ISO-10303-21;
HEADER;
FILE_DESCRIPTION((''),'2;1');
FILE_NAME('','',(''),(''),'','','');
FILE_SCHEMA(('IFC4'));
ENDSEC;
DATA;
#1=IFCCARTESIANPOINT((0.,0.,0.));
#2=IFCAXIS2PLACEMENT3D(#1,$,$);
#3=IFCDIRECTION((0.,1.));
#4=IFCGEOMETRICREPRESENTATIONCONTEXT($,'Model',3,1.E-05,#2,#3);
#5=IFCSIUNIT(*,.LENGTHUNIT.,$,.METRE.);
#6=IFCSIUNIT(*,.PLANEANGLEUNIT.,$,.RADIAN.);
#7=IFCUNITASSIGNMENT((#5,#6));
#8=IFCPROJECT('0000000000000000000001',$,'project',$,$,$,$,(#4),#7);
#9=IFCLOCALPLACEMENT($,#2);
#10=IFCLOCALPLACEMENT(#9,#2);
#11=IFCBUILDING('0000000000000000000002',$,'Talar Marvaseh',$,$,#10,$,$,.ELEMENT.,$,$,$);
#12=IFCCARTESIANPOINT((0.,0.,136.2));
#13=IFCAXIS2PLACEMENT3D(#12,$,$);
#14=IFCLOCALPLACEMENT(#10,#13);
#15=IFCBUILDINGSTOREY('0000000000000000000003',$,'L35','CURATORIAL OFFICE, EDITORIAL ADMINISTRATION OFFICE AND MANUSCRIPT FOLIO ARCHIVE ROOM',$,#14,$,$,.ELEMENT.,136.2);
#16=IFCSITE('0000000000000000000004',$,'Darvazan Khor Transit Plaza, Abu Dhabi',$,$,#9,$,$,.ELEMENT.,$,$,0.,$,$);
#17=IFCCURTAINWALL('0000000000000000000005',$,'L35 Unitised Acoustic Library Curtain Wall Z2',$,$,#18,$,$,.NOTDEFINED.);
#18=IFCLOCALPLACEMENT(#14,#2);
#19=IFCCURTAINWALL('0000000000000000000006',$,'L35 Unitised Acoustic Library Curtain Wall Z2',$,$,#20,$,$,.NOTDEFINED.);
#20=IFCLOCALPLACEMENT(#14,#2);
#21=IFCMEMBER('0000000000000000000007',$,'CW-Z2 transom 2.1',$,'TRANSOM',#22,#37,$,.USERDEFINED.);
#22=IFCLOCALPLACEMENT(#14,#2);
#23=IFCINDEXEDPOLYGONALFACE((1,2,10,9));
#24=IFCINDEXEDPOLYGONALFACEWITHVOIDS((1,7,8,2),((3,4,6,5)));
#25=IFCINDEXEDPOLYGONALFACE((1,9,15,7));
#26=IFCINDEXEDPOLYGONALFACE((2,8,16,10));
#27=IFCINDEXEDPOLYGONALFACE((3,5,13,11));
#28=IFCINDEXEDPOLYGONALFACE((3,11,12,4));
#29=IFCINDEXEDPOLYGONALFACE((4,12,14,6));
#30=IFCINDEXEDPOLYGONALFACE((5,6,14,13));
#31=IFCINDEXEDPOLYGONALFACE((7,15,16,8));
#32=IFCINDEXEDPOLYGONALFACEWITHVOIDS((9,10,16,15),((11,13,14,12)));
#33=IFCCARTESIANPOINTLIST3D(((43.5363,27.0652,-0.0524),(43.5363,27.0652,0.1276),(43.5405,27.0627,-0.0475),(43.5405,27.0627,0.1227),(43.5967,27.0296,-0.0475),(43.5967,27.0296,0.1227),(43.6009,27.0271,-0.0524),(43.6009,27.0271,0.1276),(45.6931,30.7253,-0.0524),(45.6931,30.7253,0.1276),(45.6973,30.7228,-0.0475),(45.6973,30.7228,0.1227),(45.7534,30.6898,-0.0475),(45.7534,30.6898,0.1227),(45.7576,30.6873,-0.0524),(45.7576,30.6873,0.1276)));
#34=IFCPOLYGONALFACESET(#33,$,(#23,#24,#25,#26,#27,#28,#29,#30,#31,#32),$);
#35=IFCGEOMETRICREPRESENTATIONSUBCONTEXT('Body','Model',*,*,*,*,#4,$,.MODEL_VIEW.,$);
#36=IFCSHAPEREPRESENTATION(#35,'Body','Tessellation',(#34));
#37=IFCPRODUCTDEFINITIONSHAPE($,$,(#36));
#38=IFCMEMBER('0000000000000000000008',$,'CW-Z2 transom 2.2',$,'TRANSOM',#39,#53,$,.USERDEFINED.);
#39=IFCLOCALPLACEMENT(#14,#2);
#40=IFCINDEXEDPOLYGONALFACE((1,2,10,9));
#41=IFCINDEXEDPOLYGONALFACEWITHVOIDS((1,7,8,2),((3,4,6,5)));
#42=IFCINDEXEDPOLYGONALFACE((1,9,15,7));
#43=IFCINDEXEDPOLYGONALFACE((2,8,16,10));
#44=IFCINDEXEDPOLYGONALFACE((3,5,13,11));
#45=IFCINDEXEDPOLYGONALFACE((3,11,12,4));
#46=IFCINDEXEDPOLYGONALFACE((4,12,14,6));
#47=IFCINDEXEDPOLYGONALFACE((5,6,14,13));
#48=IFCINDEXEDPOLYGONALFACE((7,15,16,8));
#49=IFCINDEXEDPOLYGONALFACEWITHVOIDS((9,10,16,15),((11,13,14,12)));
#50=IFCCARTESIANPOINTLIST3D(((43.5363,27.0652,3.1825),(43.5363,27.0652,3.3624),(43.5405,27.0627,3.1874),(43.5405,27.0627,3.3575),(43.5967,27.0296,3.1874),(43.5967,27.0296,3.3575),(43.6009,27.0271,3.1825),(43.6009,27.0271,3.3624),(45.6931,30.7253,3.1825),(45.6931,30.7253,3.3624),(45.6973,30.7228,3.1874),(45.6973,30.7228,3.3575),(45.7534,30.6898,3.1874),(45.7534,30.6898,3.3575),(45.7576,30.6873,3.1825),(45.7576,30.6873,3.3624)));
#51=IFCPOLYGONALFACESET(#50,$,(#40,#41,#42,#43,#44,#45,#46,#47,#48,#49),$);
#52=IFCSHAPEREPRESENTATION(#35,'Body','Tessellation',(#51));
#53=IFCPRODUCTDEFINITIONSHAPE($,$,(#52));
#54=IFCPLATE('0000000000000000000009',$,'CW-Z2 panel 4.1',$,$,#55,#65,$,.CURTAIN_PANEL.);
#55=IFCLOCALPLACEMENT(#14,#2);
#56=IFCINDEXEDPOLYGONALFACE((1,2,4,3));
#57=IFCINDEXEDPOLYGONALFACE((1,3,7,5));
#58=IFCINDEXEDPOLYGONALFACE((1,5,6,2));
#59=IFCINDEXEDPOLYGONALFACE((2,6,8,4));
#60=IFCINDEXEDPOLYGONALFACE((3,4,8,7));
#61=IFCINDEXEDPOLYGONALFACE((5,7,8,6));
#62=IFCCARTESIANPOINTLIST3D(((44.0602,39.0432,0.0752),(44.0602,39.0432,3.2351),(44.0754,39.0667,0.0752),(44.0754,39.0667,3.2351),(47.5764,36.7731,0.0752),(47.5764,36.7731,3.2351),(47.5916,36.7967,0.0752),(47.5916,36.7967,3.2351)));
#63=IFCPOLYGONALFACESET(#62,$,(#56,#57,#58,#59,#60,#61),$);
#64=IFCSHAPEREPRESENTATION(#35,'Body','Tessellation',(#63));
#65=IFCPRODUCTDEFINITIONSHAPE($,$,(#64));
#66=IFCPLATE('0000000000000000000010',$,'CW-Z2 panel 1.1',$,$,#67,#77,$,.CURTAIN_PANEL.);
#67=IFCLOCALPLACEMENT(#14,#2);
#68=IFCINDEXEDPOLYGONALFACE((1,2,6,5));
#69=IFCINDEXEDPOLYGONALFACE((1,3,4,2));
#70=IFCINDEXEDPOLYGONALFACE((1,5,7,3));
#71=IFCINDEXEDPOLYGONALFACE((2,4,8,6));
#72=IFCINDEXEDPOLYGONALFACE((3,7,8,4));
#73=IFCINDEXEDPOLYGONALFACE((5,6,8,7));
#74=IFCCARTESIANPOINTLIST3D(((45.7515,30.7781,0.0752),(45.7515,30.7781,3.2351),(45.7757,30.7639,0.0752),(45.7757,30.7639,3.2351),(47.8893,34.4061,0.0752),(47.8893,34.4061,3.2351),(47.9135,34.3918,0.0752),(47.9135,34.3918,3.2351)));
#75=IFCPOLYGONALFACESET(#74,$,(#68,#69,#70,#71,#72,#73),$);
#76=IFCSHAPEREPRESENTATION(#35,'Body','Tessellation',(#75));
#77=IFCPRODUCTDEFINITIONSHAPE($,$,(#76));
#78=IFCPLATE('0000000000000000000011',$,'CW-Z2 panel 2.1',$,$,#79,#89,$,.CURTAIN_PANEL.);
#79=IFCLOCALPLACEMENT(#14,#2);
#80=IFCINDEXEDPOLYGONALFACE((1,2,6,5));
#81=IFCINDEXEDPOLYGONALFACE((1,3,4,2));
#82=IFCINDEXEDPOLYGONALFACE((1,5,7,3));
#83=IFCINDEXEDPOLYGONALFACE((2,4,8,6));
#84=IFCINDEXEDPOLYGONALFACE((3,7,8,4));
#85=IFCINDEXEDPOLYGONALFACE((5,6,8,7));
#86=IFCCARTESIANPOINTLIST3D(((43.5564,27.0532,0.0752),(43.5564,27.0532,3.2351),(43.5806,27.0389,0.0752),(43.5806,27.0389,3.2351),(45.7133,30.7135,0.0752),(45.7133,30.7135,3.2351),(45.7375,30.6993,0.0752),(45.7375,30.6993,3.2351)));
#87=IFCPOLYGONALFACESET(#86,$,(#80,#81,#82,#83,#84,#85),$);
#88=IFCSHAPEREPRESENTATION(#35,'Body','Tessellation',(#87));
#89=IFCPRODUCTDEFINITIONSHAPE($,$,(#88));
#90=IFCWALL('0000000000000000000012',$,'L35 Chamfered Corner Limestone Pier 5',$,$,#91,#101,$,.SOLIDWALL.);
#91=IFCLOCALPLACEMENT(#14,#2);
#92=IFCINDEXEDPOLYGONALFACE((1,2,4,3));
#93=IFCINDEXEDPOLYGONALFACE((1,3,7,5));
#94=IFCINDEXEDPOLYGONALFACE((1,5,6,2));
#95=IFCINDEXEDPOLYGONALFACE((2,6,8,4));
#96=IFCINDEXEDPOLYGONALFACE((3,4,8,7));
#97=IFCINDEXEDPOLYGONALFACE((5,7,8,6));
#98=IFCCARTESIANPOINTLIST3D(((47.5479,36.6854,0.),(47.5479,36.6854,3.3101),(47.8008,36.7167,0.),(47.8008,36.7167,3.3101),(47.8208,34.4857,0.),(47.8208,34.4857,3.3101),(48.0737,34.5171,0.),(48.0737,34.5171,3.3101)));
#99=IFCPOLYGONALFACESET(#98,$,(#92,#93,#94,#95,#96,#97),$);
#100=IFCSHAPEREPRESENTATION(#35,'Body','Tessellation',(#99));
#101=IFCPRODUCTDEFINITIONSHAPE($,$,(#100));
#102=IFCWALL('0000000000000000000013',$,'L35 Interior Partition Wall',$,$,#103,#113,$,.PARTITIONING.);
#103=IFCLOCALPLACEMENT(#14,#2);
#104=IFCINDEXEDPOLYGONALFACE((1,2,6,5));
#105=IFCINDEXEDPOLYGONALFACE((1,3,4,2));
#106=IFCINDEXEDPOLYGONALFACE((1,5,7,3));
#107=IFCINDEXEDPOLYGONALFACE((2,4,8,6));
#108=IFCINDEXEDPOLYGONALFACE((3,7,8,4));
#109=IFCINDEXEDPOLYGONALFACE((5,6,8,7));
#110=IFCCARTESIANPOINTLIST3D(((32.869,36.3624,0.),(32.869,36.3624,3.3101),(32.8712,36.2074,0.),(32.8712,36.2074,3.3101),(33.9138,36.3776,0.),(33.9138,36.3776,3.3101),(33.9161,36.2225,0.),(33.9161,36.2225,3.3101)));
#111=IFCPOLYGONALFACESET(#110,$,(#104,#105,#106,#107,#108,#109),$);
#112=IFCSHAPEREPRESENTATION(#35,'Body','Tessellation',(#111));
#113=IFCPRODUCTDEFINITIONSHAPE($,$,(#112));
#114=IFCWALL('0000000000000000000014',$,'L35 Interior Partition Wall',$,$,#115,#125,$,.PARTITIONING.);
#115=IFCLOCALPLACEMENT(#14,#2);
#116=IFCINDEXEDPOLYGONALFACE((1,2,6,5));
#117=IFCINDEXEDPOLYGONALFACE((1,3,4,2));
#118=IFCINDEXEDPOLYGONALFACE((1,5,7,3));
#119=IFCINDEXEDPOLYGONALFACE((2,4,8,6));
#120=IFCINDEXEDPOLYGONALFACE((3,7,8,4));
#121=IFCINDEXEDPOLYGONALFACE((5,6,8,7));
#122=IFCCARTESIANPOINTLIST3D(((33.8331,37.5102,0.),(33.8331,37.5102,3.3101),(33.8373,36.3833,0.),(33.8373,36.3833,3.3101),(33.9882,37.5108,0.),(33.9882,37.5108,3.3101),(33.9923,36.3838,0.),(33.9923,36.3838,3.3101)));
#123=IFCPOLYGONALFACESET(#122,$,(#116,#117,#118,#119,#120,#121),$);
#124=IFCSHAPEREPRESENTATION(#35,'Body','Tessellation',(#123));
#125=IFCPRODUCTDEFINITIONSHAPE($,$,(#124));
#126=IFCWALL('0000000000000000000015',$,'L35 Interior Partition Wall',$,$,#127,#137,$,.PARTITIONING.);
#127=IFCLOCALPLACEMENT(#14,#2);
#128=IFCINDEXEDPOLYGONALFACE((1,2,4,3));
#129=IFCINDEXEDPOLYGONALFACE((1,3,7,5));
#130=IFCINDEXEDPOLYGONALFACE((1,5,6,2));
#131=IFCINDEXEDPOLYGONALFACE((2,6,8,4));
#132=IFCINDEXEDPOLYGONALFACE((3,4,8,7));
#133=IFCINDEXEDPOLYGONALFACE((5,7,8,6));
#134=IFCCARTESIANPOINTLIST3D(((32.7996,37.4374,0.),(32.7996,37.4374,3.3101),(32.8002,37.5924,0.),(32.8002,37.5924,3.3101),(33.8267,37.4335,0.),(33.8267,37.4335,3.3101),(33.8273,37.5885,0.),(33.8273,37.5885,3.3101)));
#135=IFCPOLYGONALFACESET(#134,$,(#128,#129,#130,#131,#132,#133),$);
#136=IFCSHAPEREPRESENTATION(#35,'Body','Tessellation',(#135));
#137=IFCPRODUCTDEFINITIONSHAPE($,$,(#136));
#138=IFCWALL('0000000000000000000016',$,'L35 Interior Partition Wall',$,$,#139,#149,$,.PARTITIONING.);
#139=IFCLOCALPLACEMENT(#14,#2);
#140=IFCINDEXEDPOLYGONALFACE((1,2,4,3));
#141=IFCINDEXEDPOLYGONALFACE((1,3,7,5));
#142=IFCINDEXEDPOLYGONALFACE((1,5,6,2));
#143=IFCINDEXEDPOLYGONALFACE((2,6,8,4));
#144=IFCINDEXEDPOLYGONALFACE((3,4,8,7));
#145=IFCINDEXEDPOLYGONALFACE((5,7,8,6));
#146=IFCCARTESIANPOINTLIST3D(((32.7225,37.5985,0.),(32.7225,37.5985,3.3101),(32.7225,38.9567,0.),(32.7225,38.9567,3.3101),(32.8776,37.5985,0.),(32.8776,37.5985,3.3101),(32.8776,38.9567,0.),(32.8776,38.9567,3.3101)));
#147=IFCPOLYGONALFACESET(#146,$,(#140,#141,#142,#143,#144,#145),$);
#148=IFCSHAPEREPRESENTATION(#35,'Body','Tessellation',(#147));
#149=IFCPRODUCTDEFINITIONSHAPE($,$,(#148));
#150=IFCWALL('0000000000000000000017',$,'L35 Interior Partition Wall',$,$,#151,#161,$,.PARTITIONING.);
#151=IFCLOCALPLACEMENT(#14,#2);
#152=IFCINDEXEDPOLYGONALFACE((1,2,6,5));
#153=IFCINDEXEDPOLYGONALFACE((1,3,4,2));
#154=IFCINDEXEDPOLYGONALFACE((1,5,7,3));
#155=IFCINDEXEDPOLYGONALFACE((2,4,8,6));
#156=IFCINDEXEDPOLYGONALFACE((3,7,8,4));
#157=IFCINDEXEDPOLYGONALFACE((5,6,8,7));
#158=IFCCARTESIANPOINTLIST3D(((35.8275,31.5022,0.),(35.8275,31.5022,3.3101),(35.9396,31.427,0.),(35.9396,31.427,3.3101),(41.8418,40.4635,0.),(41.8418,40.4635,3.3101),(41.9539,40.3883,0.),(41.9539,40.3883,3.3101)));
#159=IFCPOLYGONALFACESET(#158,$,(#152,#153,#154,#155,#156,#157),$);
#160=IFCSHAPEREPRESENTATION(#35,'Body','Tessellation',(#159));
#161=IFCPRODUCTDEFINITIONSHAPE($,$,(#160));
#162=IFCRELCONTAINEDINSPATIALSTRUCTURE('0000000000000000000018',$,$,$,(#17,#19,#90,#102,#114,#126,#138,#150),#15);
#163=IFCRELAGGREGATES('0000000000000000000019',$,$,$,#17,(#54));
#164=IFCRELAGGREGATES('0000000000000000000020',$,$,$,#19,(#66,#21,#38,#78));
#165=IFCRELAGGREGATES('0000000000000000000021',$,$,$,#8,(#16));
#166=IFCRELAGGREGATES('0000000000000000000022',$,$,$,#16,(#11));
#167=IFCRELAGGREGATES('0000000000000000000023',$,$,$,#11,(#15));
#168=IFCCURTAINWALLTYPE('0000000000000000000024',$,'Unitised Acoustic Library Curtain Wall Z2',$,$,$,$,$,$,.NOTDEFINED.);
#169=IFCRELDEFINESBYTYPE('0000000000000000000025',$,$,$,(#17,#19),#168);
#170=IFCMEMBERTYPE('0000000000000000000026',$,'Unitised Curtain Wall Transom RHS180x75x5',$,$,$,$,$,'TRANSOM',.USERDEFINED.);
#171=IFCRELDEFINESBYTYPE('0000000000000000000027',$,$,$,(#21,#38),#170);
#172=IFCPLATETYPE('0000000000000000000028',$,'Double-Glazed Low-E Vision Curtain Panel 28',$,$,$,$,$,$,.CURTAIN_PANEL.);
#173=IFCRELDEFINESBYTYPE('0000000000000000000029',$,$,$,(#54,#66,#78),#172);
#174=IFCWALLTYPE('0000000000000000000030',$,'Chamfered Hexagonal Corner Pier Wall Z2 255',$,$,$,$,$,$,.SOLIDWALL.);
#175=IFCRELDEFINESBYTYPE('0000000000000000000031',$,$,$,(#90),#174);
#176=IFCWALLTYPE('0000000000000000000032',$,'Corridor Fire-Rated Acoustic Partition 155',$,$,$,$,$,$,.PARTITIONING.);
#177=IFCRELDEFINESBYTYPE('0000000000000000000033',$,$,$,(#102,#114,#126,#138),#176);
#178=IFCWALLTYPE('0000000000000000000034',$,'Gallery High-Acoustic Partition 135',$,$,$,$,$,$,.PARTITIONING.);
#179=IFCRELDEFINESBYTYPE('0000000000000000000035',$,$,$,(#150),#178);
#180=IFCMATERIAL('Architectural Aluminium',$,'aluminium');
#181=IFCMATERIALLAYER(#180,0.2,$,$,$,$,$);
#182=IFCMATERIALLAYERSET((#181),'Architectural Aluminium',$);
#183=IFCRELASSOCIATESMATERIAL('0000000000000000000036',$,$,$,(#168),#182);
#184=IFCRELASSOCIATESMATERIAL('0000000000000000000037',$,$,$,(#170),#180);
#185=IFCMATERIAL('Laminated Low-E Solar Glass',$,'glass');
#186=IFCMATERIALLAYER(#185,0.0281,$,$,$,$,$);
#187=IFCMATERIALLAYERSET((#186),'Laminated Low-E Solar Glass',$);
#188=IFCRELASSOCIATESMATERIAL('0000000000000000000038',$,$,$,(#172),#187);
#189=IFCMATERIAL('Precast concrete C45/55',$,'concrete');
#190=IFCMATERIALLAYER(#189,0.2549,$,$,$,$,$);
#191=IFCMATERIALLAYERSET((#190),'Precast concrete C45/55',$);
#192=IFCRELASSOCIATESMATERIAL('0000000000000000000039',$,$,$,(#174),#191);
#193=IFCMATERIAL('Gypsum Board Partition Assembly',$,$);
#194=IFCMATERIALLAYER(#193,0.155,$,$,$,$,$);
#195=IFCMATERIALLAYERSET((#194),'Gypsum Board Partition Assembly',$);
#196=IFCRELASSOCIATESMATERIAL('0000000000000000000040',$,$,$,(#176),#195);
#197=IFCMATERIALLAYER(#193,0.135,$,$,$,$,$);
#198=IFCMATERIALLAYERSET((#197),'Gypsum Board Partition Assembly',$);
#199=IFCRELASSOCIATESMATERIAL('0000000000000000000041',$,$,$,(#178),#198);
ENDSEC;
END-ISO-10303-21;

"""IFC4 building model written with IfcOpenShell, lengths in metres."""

from ifc_helpers import new_model, si_unit, direction, frame, frame_2d, origin, origin_2d, place, context, subcontext, project, spatial, rectangle, hollow_rectangle, extrude, source, transform, mapped, material, layer, layer_set, material_profile, profile_set, type_object, type_shapes, element, aggregate, save


model = new_model("IFC4")

# Units and contexts
model_context = context("Model", 3, precision=1e-05, world=origin(), true_north=direction((0.0, 1.0)))
body_context = subcontext(model_context, "Body", "Model", "MODEL_VIEW")
ifc_project = project(units=[si_unit("LENGTHUNIT", "METRE"), si_unit("PLANEANGLEUNIT", "RADIAN")], contexts=[model_context])

# Site, building, storey
site_placement = place(None, origin())
site = spatial("IfcSite", under=ifc_project, at=site_placement, Name="Darvazan Khor Transit Plaza, Abu Dhabi", CompositionType="ELEMENT", RefElevation=0.0)
building_placement = place(site_placement, origin())
building = spatial("IfcBuilding", under=site, at=building_placement, Name="Talar Marvaseh", CompositionType="ELEMENT")
storey_placement = place(building_placement, frame((0.0, 0.0, 136.2)))
storey = spatial("IfcBuildingStorey", under=building, at=storey_placement, Name="L35", Description="CURATORIAL OFFICE, EDITORIAL ADMINISTRATION OFFICE AND MANUSCRIPT FOLIO ARCHIVE ROOM", CompositionType="ELEMENT", Elevation=136.2)

# Curtain wall
ifc_material_1 = material(Name="Architectural Aluminium", Category="aluminium")
ifc_layer_1 = layer(ifc_material_1, 0.2)
ifc_layer_set_1 = layer_set([ifc_layer_1], Name="Architectural Aluminium")
curtain_wall_type = type_object("IfcCurtainWallType", Name="Unitised Acoustic Library Curtain Wall Z2", PredefinedType="NOTDEFINED", material=ifc_layer_set_1)
curtain_wall_1_placement = place(storey_placement, origin())
curtain_wall_1 = element("IfcCurtainWall", 1, at=curtain_wall_1_placement, inside=storey, type_object=curtain_wall_type, Name="L35 Unitised Acoustic Library Curtain Wall Z2", PredefinedType="NOTDEFINED")

# Curtain wall, members
curtain_wall_2_placement = place(storey_placement, origin())
curtain_wall_2 = element("IfcCurtainWall", 2, at=curtain_wall_2_placement, inside=storey, type_object=curtain_wall_type, Name="L35 Unitised Acoustic Library Curtain Wall Z2", PredefinedType="NOTDEFINED")
ifc_material_profile_1 = material_profile(ifc_material_1, hollow_rectangle(XDim=0.075, YDim=0.1799, WallThickness=0.0049, at=origin_2d()), Name="RHS180x75x5")
ifc_profile_set_1 = profile_set([ifc_material_profile_1], Name="Architectural Aluminium")
member_type_1 = type_object("IfcMemberType", Name="Unitised Curtain Wall Transom RHS180x75x5", ElementType="TRANSOM", PredefinedType="USERDEFINED", material=ifc_profile_set_1)
shared_shape_1 = source(origin(), body_context, "Body", "SweptSolid", [
    extrude(hollow_rectangle(XDim=0.075, YDim=0.1799, WallThickness=0.0049, at=origin_2d()), origin(), (0.0, 0.0, 1.0), 4.2483),
])
member_1_placement = place(storey_placement, frame((45.7253, 30.7063, 0.0376), z_axis=(-0.507668, -0.861553, 0.0), x_axis=(0.861553, -0.507668, 0.0)))
member_1 = element("IfcMember", 3, at=member_1_placement, type_object=member_type_1, Name="CW-Z2 transom 2.1", ObjectType="TRANSOM", PredefinedType="USERDEFINED", context=body_context, shape_type="MappedRepresentation", body=[
    mapped(shared_shape_1, transform((0.0, 0.0, 0.0), x_axis=(1.0, 0.0, 0.0), y_axis=(0.0, 1.0, 0.0), z_axis=(0.0, 0.0, 1.0), scale=1.0)),
])
member_2_placement = place(storey_placement, frame((45.7253, 30.7063, 3.2725), z_axis=(-0.507668, -0.861553, 0.0), x_axis=(0.861553, -0.507668, 0.0)))
member_2 = element("IfcMember", 4, at=member_2_placement, type_object=member_type_1, Name="CW-Z2 transom 2.2", ObjectType="TRANSOM", PredefinedType="USERDEFINED", context=body_context, shape_type="MappedRepresentation", body=[
    mapped(shared_shape_1, transform((0.0, 0.0, 0.0), x_axis=(1.0, 0.0, 0.0), y_axis=(0.0, 1.0, 0.0), z_axis=(0.0, 0.0, 1.0), scale=1.0)),
])

# Plates
ifc_material_2 = material(Name="Laminated Low-E Solar Glass", Category="glass")
ifc_layer_2 = layer(ifc_material_2, 0.0281)
ifc_layer_set_2 = layer_set([ifc_layer_2], Name="Laminated Low-E Solar Glass")
plate_type = type_object("IfcPlateType", Name="Double-Glazed Low-E Vision Curtain Panel 28", PredefinedType="CURTAIN_PANEL", material=ifc_layer_set_2)
shared_shape_2 = source(origin(), body_context, "Body", "SweptSolid", [
    extrude(rectangle(XDim=4.1853, YDim=0.0281, at=origin_2d()), origin(), (0.0, 0.0, 1.0), 3.1599),
])
plate_1_placement = place(storey_placement, frame((45.8259, 37.9199, 0.0752), z_axis=(0.0, 0.0, 1.0), x_axis=(0.840129, -0.542386, 0.0)))
plate_1 = element("IfcPlate", 5, at=plate_1_placement, type_object=plate_type, Name="CW-Z2 panel 4.1", PredefinedType="CURTAIN_PANEL", context=body_context, shape_type="MappedRepresentation", body=[
    mapped(shared_shape_2, transform((0.0, 0.0, 0.0), x_axis=(1.0, 0.0, 0.0), y_axis=(0.0, 1.0, 0.0), z_axis=(0.0, 0.0, 1.0), scale=1.0)),
])
aggregate(curtain_wall_1, [plate_1])
shared_shape_3 = source(origin(), body_context, "Body", "SweptSolid", [
    extrude(rectangle(XDim=4.2109, YDim=0.0281, at=origin_2d()), origin(), (0.0, 0.0, 1.0), 3.1599),
])
plate_2_placement = place(storey_placement, frame((46.8325, 32.585, 0.0752), z_axis=(0.0, 0.0, 1.0), x_axis=(-0.507673, -0.86155, 0.0)))
plate_2 = element("IfcPlate", 6, at=plate_2_placement, type_object=plate_type, Name="CW-Z2 panel 1.1", PredefinedType="CURTAIN_PANEL", context=body_context, shape_type="MappedRepresentation", body=[
    mapped(shared_shape_3, transform((0.0, 0.0, 0.0), x_axis=(1.0, 0.0, 0.0), y_axis=(0.0, 1.0, 0.0), z_axis=(0.0, 0.0, 1.0), scale=1.0)),
])
shared_shape_4 = source(origin(), body_context, "Body", "SweptSolid", [
    extrude(rectangle(XDim=4.2485, YDim=0.0281, at=origin_2d()), origin(), (0.0, 0.0, 1.0), 3.1599),
])
type_shapes(plate_type, [shared_shape_2, shared_shape_3, shared_shape_4])
plate_3_placement = place(storey_placement, frame((44.647, 28.8762, 0.0752), z_axis=(0.0, 0.0, 1.0), x_axis=(-0.507673, -0.86155, 0.0)))
plate_3 = element("IfcPlate", 7, at=plate_3_placement, type_object=plate_type, Name="CW-Z2 panel 2.1", PredefinedType="CURTAIN_PANEL", context=body_context, shape_type="MappedRepresentation", body=[
    mapped(shared_shape_4, transform((0.0, 0.0, 0.0), x_axis=(1.0, 0.0, 0.0), y_axis=(0.0, 1.0, 0.0), z_axis=(0.0, 0.0, 1.0), scale=1.0)),
])
aggregate(curtain_wall_2, [plate_2, member_1, member_2, plate_3])

# Wall
ifc_material_3 = material(Name="Precast concrete C45/55", Category="concrete")
ifc_layer_3 = layer(ifc_material_3, 0.2549)
ifc_layer_set_3 = layer_set([ifc_layer_3], Name="Precast concrete C45/55")
wall_type_1 = type_object("IfcWallType", Name="Chamfered Hexagonal Corner Pier Wall Z2 255", PredefinedType="SOLIDWALL", material=ifc_layer_set_3)
wall_1_placement = place(storey_placement, frame((47.6743, 36.7012, 0.0), z_axis=(0.0, 0.0, 1.0), x_axis=(0.12314, -0.992389, 0.0)))
element("IfcWall", 8, at=wall_1_placement, inside=storey, type_object=wall_type_1, Name="L35 Chamfered Corner Limestone Pier 5", PredefinedType="SOLIDWALL", context=body_context, shape_type="SweptSolid", body=[
    extrude(rectangle(XDim=2.2166, YDim=0.2549, at=frame_2d((1.1084, 0.0))), origin(), (0.0, 0.0, 1.0), 3.3101),
])

# Shared definitions
ifc_material_4 = material(Name="Gypsum Board Partition Assembly")
ifc_layer_4 = layer(ifc_material_4, 0.155)
ifc_layer_set_4 = layer_set([ifc_layer_4], Name="Gypsum Board Partition Assembly")
wall_type_2 = type_object("IfcWallType", Name="Corridor Fire-Rated Acoustic Partition 155", PredefinedType="PARTITIONING", material=ifc_layer_set_4)

# Walls
wall_2_placement = place(storey_placement, frame((32.8701, 36.2849, 0.0), z_axis=(0.0, 0.0, 1.0), x_axis=(0.999895, 0.014484, 0.0)))
element("IfcWall", 9, at=wall_2_placement, inside=storey, type_object=wall_type_2, Name="L35 Interior Partition Wall", PredefinedType="PARTITIONING", context=body_context, shape_type="SweptSolid", body=[
    extrude(rectangle(XDim=1.0449, YDim=0.155, at=frame_2d((0.5225, 0.0))), origin(), (0.0, 0.0, 1.0), 3.3101),
])
wall_3_placement = place(storey_placement, frame((33.9148, 36.3835, 0.0), z_axis=(0.0, 0.0, 1.0), x_axis=(-0.003683, 0.999993, 0.0)))
element("IfcWall", 10, at=wall_3_placement, inside=storey, type_object=wall_type_2, Name="L35 Interior Partition Wall", PredefinedType="PARTITIONING", context=body_context, shape_type="SweptSolid", body=[
    extrude(rectangle(XDim=1.127, YDim=0.155, at=frame_2d((0.5635, 0.0))), origin(), (0.0, 0.0, 1.0), 3.3101),
])
wall_4_placement = place(storey_placement, frame((33.8271, 37.511, 0.0), z_axis=(0.0, 0.0, 1.0), x_axis=(-0.999993, 0.003803, 0.0)))
element("IfcWall", 11, at=wall_4_placement, inside=storey, type_object=wall_type_2, Name="L35 Interior Partition Wall", PredefinedType="PARTITIONING", context=body_context, shape_type="SweptSolid", body=[
    extrude(rectangle(XDim=1.0271, YDim=0.155, at=frame_2d((0.5137, 0.0))), origin(), (0.0, 0.0, 1.0), 3.3101),
])
wall_5_placement = place(storey_placement, frame((32.8, 37.5984, 0.0), z_axis=(0.0, 0.0, 1.0), x_axis=(0.0, 1.0, 0.0)))
element("IfcWall", 12, at=wall_5_placement, inside=storey, type_object=wall_type_2, Name="L35 Interior Partition Wall", PredefinedType="PARTITIONING", context=body_context, shape_type="SweptSolid", body=[
    extrude(rectangle(XDim=1.3582, YDim=0.155, at=frame_2d((0.6792, 0.0))), origin(), (0.0, 0.0, 1.0), 3.3101),
])
ifc_layer_5 = layer(ifc_material_4, 0.135)
ifc_layer_set_5 = layer_set([ifc_layer_5], Name="Gypsum Board Partition Assembly")
wall_type_3 = type_object("IfcWallType", Name="Gallery High-Acoustic Partition 135", PredefinedType="PARTITIONING", material=ifc_layer_set_5)
wall_6_placement = place(storey_placement, frame((35.8835, 31.4646, 0.0), z_axis=(0.0, 0.0, 1.0), x_axis=(0.557271, 0.830331, 0.0)))
element("IfcWall", 13, at=wall_6_placement, inside=storey, type_object=wall_type_3, Name="L35 Interior Partition Wall", PredefinedType="PARTITIONING", context=body_context, shape_type="SweptSolid", body=[
    extrude(rectangle(XDim=10.7925, YDim=0.135, at=frame_2d((5.3962, 0.0))), origin(), (0.0, 0.0, 1.0), 3.3101),
])

save(model, "model.ifc")
